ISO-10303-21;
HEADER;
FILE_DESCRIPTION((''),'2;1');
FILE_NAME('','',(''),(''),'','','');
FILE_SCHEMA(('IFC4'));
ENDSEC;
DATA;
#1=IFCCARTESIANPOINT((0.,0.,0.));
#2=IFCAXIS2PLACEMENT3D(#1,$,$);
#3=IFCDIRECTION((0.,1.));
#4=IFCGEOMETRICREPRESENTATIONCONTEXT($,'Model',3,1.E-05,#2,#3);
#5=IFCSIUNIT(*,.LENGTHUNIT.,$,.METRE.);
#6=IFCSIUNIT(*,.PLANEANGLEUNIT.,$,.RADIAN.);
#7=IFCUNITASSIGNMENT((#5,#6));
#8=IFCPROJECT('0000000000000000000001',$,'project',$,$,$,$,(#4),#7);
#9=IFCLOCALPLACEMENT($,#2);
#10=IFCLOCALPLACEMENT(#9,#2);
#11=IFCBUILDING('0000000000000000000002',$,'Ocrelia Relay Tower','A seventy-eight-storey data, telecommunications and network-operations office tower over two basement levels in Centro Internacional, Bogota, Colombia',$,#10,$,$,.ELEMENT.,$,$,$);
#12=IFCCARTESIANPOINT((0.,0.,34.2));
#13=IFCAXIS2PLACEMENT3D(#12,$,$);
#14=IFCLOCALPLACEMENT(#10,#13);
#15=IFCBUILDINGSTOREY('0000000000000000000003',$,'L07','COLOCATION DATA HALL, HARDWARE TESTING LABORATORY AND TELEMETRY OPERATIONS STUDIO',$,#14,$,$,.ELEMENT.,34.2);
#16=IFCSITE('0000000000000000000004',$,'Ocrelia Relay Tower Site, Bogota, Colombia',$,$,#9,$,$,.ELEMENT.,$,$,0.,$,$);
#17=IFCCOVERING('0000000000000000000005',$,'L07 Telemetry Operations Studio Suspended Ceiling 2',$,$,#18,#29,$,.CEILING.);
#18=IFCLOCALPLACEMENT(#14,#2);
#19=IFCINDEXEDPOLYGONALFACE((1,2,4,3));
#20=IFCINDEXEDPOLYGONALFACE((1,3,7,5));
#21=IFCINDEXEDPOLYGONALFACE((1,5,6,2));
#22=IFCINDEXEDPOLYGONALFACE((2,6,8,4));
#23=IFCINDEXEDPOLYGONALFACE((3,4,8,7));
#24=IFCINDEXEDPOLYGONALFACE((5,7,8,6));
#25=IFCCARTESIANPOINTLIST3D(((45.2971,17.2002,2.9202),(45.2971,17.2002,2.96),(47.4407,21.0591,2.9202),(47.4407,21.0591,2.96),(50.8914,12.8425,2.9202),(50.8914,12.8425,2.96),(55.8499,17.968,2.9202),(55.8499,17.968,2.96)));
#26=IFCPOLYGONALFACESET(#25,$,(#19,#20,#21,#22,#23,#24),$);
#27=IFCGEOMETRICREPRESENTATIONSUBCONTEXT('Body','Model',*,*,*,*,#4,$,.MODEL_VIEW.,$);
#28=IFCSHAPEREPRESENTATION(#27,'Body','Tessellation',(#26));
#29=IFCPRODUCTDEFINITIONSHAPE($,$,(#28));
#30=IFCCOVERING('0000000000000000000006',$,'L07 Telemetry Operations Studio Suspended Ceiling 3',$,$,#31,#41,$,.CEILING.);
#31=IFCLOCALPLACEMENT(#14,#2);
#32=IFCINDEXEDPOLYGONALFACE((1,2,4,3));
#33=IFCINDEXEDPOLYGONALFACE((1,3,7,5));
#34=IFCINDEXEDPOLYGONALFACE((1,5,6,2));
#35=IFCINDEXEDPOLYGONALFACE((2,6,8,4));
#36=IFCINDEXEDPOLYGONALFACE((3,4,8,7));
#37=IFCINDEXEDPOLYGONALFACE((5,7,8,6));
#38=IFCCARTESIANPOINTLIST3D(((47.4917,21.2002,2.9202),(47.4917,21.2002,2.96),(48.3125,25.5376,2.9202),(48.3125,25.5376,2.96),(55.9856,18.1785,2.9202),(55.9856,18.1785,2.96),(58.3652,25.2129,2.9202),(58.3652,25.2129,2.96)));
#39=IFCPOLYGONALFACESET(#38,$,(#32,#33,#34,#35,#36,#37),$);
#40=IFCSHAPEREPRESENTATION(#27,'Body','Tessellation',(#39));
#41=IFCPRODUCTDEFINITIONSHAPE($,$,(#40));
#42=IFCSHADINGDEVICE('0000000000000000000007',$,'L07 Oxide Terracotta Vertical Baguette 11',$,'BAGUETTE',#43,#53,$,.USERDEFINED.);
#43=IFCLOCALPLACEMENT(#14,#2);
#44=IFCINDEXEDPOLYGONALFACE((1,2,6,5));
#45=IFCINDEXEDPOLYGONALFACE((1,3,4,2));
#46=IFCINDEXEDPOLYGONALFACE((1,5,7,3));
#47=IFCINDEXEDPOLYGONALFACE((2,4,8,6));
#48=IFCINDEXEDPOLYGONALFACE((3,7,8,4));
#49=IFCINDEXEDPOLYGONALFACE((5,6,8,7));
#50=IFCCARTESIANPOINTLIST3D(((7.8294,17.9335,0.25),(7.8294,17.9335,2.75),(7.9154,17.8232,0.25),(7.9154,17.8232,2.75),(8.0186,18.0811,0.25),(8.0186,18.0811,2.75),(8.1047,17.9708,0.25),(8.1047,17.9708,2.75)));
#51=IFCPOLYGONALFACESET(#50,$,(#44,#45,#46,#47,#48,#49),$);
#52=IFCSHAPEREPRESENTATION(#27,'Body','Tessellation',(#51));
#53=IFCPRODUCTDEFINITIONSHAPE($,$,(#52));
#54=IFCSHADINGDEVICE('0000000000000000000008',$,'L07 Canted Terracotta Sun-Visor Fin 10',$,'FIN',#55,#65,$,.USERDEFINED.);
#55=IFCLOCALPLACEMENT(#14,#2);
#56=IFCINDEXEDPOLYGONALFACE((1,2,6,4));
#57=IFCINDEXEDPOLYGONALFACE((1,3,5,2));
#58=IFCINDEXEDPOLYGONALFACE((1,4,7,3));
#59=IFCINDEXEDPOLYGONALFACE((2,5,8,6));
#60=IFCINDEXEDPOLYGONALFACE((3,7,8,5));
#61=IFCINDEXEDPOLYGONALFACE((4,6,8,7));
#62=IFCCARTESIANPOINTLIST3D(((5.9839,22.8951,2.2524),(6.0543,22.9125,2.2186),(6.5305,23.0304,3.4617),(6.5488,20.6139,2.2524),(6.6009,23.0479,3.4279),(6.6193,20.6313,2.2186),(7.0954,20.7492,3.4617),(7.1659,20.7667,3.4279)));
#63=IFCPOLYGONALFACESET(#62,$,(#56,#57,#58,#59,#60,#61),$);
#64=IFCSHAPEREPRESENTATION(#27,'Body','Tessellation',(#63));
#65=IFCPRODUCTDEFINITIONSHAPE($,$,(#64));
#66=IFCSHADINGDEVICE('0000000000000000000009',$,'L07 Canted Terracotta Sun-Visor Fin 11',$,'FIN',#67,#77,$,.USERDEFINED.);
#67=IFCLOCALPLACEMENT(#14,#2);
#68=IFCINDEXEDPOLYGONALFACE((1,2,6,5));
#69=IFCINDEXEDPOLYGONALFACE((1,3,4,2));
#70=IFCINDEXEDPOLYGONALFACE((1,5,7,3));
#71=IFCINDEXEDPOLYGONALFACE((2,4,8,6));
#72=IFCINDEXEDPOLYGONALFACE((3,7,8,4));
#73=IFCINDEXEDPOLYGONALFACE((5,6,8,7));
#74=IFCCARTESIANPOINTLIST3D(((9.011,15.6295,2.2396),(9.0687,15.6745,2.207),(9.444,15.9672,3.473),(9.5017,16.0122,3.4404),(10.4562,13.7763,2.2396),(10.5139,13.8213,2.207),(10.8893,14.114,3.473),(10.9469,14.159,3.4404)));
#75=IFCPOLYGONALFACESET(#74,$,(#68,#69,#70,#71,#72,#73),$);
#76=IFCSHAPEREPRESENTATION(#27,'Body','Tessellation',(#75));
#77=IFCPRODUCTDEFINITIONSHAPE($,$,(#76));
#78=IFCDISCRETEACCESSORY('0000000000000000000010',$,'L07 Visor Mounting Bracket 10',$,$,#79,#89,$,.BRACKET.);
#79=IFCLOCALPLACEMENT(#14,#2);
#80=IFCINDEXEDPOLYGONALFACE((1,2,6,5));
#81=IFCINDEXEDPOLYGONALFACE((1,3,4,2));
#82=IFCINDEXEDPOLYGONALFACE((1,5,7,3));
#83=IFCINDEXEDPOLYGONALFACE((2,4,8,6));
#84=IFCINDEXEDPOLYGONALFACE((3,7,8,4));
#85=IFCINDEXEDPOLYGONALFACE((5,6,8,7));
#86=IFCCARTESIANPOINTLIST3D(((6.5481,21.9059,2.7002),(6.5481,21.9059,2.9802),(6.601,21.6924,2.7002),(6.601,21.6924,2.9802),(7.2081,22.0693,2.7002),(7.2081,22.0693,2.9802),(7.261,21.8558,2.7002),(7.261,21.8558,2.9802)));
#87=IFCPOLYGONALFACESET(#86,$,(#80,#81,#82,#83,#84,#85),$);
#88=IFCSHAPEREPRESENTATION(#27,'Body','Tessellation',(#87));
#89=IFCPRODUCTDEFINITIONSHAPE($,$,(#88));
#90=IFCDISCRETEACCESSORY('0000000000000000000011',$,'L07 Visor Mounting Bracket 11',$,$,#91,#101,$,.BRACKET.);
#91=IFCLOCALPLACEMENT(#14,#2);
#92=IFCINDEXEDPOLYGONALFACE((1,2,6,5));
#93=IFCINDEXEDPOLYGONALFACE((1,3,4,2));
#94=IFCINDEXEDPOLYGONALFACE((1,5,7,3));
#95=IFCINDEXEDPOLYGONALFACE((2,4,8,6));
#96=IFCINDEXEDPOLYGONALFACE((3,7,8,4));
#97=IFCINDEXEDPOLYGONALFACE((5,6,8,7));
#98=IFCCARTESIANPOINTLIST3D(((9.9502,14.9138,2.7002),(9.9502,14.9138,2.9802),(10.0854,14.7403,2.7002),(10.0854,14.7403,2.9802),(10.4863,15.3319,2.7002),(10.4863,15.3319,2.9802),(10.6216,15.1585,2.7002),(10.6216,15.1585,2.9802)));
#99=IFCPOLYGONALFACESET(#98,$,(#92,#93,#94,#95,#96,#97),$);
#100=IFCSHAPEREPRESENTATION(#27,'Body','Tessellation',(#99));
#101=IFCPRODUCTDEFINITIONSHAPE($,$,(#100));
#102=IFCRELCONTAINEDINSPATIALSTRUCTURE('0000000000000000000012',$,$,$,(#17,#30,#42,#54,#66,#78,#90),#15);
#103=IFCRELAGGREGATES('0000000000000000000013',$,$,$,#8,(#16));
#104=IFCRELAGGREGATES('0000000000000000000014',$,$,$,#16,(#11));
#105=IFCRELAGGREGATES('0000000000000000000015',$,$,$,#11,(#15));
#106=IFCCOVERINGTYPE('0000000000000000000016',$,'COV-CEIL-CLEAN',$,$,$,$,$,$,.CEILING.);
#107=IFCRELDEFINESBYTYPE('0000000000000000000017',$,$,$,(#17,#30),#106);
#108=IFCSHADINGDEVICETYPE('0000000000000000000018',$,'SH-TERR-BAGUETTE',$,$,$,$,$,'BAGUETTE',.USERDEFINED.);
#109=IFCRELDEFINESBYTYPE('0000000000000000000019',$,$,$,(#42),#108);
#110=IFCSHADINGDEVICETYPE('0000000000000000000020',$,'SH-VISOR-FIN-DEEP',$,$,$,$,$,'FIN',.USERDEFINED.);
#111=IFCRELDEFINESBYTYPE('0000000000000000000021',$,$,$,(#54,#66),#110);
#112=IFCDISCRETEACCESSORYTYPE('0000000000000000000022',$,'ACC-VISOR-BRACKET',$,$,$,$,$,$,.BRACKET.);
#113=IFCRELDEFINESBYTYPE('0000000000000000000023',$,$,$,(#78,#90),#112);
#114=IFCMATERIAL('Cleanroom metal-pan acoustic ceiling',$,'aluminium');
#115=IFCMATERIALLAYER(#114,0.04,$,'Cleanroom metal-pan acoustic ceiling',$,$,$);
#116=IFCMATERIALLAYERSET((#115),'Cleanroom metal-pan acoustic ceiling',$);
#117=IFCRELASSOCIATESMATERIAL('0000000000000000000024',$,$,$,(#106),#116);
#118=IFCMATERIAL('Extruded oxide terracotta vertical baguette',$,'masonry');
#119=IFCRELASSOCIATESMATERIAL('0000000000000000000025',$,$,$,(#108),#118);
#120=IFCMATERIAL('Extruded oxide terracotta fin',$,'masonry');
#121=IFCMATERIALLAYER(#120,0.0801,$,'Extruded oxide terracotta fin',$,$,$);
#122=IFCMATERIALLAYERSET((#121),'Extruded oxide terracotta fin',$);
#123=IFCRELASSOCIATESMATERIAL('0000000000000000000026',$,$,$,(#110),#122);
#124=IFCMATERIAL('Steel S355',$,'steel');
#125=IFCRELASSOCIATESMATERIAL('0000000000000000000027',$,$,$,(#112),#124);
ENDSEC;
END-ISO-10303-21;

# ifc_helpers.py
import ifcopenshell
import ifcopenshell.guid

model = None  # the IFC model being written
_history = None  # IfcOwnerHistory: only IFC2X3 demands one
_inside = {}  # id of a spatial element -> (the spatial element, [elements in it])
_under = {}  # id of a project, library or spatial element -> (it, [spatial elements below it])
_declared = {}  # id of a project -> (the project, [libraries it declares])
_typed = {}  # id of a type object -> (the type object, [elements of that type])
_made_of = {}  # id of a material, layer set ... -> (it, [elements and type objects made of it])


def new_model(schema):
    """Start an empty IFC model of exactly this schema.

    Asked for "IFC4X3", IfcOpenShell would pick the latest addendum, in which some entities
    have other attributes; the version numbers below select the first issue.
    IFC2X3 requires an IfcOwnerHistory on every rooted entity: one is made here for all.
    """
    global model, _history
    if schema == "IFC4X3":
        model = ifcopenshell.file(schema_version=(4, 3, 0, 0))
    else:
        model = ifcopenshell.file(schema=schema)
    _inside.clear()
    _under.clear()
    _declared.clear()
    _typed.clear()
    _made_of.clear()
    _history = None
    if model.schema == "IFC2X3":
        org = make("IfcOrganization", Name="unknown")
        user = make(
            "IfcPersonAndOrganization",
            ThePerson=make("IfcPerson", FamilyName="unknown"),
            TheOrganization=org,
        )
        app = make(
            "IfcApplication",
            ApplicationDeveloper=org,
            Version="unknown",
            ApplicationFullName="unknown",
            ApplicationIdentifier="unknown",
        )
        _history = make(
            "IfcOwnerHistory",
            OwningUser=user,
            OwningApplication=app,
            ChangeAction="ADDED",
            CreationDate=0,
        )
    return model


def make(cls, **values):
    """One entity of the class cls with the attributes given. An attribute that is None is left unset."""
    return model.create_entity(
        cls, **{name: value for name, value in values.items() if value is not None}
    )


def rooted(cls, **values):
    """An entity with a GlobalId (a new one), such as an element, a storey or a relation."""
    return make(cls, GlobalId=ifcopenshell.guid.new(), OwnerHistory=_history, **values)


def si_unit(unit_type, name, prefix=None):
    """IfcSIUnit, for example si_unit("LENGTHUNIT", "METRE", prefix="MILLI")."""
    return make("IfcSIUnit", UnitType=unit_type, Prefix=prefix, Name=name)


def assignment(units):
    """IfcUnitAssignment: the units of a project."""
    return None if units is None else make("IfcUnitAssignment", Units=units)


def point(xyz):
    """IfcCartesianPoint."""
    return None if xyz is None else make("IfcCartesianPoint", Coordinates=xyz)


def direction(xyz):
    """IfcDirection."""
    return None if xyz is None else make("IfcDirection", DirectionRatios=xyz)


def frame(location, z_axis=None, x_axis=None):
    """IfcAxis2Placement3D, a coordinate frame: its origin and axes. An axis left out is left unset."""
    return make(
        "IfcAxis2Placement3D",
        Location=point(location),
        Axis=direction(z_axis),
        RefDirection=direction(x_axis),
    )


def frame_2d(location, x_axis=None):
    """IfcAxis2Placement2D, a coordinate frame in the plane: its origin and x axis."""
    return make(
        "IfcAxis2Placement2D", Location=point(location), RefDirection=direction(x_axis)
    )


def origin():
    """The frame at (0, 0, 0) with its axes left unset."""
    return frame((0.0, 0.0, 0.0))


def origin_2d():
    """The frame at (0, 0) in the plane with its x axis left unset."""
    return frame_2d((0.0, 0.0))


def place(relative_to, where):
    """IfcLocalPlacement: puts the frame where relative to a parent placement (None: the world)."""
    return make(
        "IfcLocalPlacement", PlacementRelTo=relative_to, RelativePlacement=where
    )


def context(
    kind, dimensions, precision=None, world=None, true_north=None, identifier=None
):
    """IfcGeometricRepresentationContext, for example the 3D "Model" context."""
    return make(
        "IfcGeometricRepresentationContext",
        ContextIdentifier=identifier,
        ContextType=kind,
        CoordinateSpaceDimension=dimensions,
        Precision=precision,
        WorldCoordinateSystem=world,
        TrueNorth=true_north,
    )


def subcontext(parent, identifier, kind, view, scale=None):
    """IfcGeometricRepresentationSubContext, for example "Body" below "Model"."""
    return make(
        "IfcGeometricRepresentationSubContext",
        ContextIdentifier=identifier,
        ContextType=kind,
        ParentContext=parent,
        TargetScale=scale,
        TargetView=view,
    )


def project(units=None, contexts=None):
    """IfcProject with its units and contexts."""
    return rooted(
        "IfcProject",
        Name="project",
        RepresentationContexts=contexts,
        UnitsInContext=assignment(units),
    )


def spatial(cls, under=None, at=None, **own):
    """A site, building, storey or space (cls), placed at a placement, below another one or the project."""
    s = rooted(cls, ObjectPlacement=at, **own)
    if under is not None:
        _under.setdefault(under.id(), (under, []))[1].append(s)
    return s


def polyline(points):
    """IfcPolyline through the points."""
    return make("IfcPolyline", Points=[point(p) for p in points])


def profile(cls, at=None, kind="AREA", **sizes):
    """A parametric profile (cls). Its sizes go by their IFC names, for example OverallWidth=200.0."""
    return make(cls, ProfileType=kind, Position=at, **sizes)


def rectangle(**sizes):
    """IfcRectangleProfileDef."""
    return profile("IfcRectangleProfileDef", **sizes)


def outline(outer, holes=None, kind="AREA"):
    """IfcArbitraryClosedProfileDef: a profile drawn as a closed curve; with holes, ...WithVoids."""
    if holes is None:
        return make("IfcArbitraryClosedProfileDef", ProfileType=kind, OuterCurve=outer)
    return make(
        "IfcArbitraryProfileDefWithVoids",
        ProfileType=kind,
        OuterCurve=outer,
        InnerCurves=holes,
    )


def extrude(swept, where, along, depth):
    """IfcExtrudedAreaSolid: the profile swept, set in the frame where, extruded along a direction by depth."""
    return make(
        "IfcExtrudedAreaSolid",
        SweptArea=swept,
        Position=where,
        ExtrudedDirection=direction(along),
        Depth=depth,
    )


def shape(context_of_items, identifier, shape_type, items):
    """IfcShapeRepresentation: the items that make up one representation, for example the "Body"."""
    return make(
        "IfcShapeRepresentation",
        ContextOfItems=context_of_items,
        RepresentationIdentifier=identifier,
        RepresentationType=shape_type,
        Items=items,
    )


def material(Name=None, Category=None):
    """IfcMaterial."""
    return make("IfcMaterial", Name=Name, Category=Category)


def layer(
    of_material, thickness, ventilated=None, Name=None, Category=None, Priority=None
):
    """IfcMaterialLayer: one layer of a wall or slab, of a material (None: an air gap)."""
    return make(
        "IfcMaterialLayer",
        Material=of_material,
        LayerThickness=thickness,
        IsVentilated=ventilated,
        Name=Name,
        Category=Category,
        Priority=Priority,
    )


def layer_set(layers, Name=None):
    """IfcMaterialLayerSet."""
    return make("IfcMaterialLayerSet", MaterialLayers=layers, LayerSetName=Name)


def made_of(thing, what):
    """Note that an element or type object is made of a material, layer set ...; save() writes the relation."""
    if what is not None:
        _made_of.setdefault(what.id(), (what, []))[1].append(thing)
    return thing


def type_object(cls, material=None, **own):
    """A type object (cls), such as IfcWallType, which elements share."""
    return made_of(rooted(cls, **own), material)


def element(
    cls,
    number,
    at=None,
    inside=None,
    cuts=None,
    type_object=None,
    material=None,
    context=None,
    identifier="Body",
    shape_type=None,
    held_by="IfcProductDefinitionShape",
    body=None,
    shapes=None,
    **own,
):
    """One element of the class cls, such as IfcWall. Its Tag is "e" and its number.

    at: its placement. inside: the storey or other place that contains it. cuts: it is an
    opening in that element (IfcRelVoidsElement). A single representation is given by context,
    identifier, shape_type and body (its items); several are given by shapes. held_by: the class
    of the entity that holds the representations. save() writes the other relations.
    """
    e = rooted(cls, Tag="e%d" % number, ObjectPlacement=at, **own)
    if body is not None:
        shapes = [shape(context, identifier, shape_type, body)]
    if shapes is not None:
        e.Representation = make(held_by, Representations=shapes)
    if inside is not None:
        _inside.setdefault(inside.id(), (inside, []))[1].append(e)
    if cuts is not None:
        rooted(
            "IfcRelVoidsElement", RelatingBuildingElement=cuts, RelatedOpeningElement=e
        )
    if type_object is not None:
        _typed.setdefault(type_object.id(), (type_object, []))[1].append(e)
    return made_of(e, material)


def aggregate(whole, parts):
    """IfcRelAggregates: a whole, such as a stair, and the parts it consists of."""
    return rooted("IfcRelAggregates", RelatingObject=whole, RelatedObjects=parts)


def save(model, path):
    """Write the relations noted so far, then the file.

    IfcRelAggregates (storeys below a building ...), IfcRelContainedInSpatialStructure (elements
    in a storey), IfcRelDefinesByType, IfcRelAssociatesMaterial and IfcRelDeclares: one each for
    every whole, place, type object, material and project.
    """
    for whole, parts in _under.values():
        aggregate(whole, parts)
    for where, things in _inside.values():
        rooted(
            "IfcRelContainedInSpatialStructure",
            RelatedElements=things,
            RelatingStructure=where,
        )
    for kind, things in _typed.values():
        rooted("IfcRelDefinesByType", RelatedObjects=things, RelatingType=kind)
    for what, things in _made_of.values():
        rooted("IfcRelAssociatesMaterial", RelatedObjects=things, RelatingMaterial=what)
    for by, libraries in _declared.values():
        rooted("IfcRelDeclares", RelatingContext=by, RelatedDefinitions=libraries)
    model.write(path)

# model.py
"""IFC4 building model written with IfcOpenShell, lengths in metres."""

from ifc_helpers import new_model, si_unit, direction, frame, origin, origin_2d, place, context, subcontext, project, spatial, polyline, rectangle, outline, extrude, material, layer, layer_set, type_object, element, save


model = new_model("IFC4")

# Units and contexts
model_context = context("Model", 3, precision=1e-05, world=origin(), true_north=direction((0.0, 1.0)))
body_context = subcontext(model_context, "Body", "Model", "MODEL_VIEW")
ifc_project = project(units=[si_unit("LENGTHUNIT", "METRE"), si_unit("PLANEANGLEUNIT", "RADIAN")], contexts=[model_context])

# Site, building, storey
site_placement = place(None, origin())
site = spatial("IfcSite", under=ifc_project, at=site_placement, Name="Ocrelia Relay Tower Site, Bogota, Colombia", CompositionType="ELEMENT", RefElevation=0.0)
building_placement = place(site_placement, origin())
building = spatial("IfcBuilding", under=site, at=building_placement, Name="Ocrelia Relay Tower", Description="A seventy-eight-storey data, telecommunications and network-operations office tower over two basement levels in Centro Internacional, Bogota, Colombia", CompositionType="ELEMENT")
storey_placement = place(building_placement, frame((0.0, 0.0, 34.2)))
storey = spatial("IfcBuildingStorey", under=building, at=storey_placement, Name="L07", Description="COLOCATION DATA HALL, HARDWARE TESTING LABORATORY AND TELEMETRY OPERATIONS STUDIO", CompositionType="ELEMENT", Elevation=34.2)

# Coverings
ifc_material_1 = material(Name="Cleanroom metal-pan acoustic ceiling", Category="aluminium")
ifc_layer_1 = layer(ifc_material_1, 0.04, Name="Cleanroom metal-pan acoustic ceiling")
ifc_layer_set_1 = layer_set([ifc_layer_1], Name="Cleanroom metal-pan acoustic ceiling")
covering_type_1 = type_object("IfcCoveringType", Name="COV-CEIL-CLEAN", PredefinedType="CEILING", material=ifc_layer_set_1)
covering_1_placement = place(storey_placement, frame((0.0, 0.0, 2.9202)))
element("IfcCovering", 1, at=covering_1_placement, inside=storey, type_object=covering_type_1, Name="L07 Telemetry Operations Studio Suspended Ceiling 2", PredefinedType="CEILING", context=body_context, shape_type="SweptSolid", body=[
    extrude(outline(polyline([(45.2971, 17.2002), (50.8914, 12.8425), (55.8499, 17.968), (47.4407, 21.0591), (45.2971, 17.2002)])), origin(), (0.0, 0.0, 1.0), 0.0398),
])
covering_2_placement = place(storey_placement, frame((0.0, 0.0, 2.9202)))
element("IfcCovering", 2, at=covering_2_placement, inside=storey, type_object=covering_type_1, Name="L07 Telemetry Operations Studio Suspended Ceiling 3", PredefinedType="CEILING", context=body_context, shape_type="SweptSolid", body=[
    extrude(outline(polyline([(47.4917, 21.2002), (55.9856, 18.1785), (58.3652, 25.2129), (48.3125, 25.5376), (47.4917, 21.2002)])), origin(), (0.0, 0.0, 1.0), 0.0398),
])

# Shading devices
ifc_material_2 = material(Name="Extruded oxide terracotta vertical baguette", Category="masonry")
shading_device_type_1 = type_object("IfcShadingDeviceType", Name="SH-TERR-BAGUETTE", ElementType="BAGUETTE", PredefinedType="USERDEFINED", material=ifc_material_2)
shading_device_1_placement = place(storey_placement, frame((7.967, 17.9521, 0.25), z_axis=(0.0, 0.0, 1.0), x_axis=(0.614969, -0.788551, 0.0)))
element("IfcShadingDevice", 3, at=shading_device_1_placement, inside=storey, type_object=shading_device_type_1, Name="L07 Oxide Terracotta Vertical Baguette 11", ObjectType="BAGUETTE", PredefinedType="USERDEFINED", context=body_context, shape_type="SweptSolid", body=[
    extrude(rectangle(XDim=0.1399, YDim=0.24, at=origin_2d()), origin(), (0.0, 0.0, 1.0), 2.5),
])
ifc_material_3 = material(Name="Extruded oxide terracotta fin", Category="masonry")
ifc_layer_2 = layer(ifc_material_3, 0.0801, Name="Extruded oxide terracotta fin")
ifc_layer_set_2 = layer_set([ifc_layer_2], Name="Extruded oxide terracotta fin")
shading_device_type_2 = type_object("IfcShadingDeviceType", Name="SH-VISOR-FIN-DEEP", ElementType="FIN", PredefinedType="USERDEFINED", material=ifc_layer_set_2)
shading_device_2_placement = place(storey_placement, frame((6.6101, 21.8396, 2.8232), z_axis=(-0.879944, -0.217928, 0.422144), x_axis=(0.240398, -0.970674, 0.0)))
element("IfcShadingDevice", 4, at=shading_device_2_placement, inside=storey, type_object=shading_device_type_2, Name="L07 Canted Terracotta Sun-Visor Fin 10", ObjectType="FIN", PredefinedType="USERDEFINED", context=body_context, shape_type="SweptSolid", body=[
    extrude(rectangle(XDim=2.3501, YDim=1.334, at=origin_2d()), origin(), (0.0, 0.0, 1.0), 0.0801),
])
shading_device_3_placement = place(storey_placement, frame((10.0078, 14.9167, 2.8237), z_axis=(-0.720378, -0.561802, 0.406737), x_axis=(0.614969, -0.788551, 0.0)))
element("IfcShadingDevice", 5, at=shading_device_3_placement, inside=storey, type_object=shading_device_type_2, Name="L07 Canted Terracotta Sun-Visor Fin 11", ObjectType="FIN", PredefinedType="USERDEFINED", context=body_context, shape_type="SweptSolid", body=[
    extrude(rectangle(XDim=2.3501, YDim=1.3501, at=origin_2d()), origin(), (0.0, 0.0, 1.0), 0.0801),
])

# Discrete accessories
ifc_material_4 = material(Name="Steel S355", Category="steel")
discrete_accessory_type = type_object("IfcDiscreteAccessoryType", Name="ACC-VISOR-BRACKET", PredefinedType="BRACKET", material=ifc_material_4)
for number, where, z_axis, x_axis, name in (
    (6, (6.9045, 21.8809, 2.7002), (0.0, 0.0, 1.0), (0.240398, -0.970674, 0.0), "L07 Visor Mounting Bracket 10"),
    (7, (10.2859, 15.0361, 2.7002), (0.0, 0.0, 1.0), (0.614969, -0.788551, 0.0), "L07 Visor Mounting Bracket 11"),
):
    element("IfcDiscreteAccessory", number, at=place(storey_placement, frame(where, z_axis=z_axis, x_axis=x_axis)), inside=storey, type_object=discrete_accessory_type, Name=name, PredefinedType="BRACKET", context=body_context, shape_type="SweptSolid", body=[
        extrude(rectangle(XDim=0.22, YDim=0.6799, at=origin_2d()), origin(), (0.0, 0.0, 1.0), 0.28),
    ])

save(model, "model.ifc")
